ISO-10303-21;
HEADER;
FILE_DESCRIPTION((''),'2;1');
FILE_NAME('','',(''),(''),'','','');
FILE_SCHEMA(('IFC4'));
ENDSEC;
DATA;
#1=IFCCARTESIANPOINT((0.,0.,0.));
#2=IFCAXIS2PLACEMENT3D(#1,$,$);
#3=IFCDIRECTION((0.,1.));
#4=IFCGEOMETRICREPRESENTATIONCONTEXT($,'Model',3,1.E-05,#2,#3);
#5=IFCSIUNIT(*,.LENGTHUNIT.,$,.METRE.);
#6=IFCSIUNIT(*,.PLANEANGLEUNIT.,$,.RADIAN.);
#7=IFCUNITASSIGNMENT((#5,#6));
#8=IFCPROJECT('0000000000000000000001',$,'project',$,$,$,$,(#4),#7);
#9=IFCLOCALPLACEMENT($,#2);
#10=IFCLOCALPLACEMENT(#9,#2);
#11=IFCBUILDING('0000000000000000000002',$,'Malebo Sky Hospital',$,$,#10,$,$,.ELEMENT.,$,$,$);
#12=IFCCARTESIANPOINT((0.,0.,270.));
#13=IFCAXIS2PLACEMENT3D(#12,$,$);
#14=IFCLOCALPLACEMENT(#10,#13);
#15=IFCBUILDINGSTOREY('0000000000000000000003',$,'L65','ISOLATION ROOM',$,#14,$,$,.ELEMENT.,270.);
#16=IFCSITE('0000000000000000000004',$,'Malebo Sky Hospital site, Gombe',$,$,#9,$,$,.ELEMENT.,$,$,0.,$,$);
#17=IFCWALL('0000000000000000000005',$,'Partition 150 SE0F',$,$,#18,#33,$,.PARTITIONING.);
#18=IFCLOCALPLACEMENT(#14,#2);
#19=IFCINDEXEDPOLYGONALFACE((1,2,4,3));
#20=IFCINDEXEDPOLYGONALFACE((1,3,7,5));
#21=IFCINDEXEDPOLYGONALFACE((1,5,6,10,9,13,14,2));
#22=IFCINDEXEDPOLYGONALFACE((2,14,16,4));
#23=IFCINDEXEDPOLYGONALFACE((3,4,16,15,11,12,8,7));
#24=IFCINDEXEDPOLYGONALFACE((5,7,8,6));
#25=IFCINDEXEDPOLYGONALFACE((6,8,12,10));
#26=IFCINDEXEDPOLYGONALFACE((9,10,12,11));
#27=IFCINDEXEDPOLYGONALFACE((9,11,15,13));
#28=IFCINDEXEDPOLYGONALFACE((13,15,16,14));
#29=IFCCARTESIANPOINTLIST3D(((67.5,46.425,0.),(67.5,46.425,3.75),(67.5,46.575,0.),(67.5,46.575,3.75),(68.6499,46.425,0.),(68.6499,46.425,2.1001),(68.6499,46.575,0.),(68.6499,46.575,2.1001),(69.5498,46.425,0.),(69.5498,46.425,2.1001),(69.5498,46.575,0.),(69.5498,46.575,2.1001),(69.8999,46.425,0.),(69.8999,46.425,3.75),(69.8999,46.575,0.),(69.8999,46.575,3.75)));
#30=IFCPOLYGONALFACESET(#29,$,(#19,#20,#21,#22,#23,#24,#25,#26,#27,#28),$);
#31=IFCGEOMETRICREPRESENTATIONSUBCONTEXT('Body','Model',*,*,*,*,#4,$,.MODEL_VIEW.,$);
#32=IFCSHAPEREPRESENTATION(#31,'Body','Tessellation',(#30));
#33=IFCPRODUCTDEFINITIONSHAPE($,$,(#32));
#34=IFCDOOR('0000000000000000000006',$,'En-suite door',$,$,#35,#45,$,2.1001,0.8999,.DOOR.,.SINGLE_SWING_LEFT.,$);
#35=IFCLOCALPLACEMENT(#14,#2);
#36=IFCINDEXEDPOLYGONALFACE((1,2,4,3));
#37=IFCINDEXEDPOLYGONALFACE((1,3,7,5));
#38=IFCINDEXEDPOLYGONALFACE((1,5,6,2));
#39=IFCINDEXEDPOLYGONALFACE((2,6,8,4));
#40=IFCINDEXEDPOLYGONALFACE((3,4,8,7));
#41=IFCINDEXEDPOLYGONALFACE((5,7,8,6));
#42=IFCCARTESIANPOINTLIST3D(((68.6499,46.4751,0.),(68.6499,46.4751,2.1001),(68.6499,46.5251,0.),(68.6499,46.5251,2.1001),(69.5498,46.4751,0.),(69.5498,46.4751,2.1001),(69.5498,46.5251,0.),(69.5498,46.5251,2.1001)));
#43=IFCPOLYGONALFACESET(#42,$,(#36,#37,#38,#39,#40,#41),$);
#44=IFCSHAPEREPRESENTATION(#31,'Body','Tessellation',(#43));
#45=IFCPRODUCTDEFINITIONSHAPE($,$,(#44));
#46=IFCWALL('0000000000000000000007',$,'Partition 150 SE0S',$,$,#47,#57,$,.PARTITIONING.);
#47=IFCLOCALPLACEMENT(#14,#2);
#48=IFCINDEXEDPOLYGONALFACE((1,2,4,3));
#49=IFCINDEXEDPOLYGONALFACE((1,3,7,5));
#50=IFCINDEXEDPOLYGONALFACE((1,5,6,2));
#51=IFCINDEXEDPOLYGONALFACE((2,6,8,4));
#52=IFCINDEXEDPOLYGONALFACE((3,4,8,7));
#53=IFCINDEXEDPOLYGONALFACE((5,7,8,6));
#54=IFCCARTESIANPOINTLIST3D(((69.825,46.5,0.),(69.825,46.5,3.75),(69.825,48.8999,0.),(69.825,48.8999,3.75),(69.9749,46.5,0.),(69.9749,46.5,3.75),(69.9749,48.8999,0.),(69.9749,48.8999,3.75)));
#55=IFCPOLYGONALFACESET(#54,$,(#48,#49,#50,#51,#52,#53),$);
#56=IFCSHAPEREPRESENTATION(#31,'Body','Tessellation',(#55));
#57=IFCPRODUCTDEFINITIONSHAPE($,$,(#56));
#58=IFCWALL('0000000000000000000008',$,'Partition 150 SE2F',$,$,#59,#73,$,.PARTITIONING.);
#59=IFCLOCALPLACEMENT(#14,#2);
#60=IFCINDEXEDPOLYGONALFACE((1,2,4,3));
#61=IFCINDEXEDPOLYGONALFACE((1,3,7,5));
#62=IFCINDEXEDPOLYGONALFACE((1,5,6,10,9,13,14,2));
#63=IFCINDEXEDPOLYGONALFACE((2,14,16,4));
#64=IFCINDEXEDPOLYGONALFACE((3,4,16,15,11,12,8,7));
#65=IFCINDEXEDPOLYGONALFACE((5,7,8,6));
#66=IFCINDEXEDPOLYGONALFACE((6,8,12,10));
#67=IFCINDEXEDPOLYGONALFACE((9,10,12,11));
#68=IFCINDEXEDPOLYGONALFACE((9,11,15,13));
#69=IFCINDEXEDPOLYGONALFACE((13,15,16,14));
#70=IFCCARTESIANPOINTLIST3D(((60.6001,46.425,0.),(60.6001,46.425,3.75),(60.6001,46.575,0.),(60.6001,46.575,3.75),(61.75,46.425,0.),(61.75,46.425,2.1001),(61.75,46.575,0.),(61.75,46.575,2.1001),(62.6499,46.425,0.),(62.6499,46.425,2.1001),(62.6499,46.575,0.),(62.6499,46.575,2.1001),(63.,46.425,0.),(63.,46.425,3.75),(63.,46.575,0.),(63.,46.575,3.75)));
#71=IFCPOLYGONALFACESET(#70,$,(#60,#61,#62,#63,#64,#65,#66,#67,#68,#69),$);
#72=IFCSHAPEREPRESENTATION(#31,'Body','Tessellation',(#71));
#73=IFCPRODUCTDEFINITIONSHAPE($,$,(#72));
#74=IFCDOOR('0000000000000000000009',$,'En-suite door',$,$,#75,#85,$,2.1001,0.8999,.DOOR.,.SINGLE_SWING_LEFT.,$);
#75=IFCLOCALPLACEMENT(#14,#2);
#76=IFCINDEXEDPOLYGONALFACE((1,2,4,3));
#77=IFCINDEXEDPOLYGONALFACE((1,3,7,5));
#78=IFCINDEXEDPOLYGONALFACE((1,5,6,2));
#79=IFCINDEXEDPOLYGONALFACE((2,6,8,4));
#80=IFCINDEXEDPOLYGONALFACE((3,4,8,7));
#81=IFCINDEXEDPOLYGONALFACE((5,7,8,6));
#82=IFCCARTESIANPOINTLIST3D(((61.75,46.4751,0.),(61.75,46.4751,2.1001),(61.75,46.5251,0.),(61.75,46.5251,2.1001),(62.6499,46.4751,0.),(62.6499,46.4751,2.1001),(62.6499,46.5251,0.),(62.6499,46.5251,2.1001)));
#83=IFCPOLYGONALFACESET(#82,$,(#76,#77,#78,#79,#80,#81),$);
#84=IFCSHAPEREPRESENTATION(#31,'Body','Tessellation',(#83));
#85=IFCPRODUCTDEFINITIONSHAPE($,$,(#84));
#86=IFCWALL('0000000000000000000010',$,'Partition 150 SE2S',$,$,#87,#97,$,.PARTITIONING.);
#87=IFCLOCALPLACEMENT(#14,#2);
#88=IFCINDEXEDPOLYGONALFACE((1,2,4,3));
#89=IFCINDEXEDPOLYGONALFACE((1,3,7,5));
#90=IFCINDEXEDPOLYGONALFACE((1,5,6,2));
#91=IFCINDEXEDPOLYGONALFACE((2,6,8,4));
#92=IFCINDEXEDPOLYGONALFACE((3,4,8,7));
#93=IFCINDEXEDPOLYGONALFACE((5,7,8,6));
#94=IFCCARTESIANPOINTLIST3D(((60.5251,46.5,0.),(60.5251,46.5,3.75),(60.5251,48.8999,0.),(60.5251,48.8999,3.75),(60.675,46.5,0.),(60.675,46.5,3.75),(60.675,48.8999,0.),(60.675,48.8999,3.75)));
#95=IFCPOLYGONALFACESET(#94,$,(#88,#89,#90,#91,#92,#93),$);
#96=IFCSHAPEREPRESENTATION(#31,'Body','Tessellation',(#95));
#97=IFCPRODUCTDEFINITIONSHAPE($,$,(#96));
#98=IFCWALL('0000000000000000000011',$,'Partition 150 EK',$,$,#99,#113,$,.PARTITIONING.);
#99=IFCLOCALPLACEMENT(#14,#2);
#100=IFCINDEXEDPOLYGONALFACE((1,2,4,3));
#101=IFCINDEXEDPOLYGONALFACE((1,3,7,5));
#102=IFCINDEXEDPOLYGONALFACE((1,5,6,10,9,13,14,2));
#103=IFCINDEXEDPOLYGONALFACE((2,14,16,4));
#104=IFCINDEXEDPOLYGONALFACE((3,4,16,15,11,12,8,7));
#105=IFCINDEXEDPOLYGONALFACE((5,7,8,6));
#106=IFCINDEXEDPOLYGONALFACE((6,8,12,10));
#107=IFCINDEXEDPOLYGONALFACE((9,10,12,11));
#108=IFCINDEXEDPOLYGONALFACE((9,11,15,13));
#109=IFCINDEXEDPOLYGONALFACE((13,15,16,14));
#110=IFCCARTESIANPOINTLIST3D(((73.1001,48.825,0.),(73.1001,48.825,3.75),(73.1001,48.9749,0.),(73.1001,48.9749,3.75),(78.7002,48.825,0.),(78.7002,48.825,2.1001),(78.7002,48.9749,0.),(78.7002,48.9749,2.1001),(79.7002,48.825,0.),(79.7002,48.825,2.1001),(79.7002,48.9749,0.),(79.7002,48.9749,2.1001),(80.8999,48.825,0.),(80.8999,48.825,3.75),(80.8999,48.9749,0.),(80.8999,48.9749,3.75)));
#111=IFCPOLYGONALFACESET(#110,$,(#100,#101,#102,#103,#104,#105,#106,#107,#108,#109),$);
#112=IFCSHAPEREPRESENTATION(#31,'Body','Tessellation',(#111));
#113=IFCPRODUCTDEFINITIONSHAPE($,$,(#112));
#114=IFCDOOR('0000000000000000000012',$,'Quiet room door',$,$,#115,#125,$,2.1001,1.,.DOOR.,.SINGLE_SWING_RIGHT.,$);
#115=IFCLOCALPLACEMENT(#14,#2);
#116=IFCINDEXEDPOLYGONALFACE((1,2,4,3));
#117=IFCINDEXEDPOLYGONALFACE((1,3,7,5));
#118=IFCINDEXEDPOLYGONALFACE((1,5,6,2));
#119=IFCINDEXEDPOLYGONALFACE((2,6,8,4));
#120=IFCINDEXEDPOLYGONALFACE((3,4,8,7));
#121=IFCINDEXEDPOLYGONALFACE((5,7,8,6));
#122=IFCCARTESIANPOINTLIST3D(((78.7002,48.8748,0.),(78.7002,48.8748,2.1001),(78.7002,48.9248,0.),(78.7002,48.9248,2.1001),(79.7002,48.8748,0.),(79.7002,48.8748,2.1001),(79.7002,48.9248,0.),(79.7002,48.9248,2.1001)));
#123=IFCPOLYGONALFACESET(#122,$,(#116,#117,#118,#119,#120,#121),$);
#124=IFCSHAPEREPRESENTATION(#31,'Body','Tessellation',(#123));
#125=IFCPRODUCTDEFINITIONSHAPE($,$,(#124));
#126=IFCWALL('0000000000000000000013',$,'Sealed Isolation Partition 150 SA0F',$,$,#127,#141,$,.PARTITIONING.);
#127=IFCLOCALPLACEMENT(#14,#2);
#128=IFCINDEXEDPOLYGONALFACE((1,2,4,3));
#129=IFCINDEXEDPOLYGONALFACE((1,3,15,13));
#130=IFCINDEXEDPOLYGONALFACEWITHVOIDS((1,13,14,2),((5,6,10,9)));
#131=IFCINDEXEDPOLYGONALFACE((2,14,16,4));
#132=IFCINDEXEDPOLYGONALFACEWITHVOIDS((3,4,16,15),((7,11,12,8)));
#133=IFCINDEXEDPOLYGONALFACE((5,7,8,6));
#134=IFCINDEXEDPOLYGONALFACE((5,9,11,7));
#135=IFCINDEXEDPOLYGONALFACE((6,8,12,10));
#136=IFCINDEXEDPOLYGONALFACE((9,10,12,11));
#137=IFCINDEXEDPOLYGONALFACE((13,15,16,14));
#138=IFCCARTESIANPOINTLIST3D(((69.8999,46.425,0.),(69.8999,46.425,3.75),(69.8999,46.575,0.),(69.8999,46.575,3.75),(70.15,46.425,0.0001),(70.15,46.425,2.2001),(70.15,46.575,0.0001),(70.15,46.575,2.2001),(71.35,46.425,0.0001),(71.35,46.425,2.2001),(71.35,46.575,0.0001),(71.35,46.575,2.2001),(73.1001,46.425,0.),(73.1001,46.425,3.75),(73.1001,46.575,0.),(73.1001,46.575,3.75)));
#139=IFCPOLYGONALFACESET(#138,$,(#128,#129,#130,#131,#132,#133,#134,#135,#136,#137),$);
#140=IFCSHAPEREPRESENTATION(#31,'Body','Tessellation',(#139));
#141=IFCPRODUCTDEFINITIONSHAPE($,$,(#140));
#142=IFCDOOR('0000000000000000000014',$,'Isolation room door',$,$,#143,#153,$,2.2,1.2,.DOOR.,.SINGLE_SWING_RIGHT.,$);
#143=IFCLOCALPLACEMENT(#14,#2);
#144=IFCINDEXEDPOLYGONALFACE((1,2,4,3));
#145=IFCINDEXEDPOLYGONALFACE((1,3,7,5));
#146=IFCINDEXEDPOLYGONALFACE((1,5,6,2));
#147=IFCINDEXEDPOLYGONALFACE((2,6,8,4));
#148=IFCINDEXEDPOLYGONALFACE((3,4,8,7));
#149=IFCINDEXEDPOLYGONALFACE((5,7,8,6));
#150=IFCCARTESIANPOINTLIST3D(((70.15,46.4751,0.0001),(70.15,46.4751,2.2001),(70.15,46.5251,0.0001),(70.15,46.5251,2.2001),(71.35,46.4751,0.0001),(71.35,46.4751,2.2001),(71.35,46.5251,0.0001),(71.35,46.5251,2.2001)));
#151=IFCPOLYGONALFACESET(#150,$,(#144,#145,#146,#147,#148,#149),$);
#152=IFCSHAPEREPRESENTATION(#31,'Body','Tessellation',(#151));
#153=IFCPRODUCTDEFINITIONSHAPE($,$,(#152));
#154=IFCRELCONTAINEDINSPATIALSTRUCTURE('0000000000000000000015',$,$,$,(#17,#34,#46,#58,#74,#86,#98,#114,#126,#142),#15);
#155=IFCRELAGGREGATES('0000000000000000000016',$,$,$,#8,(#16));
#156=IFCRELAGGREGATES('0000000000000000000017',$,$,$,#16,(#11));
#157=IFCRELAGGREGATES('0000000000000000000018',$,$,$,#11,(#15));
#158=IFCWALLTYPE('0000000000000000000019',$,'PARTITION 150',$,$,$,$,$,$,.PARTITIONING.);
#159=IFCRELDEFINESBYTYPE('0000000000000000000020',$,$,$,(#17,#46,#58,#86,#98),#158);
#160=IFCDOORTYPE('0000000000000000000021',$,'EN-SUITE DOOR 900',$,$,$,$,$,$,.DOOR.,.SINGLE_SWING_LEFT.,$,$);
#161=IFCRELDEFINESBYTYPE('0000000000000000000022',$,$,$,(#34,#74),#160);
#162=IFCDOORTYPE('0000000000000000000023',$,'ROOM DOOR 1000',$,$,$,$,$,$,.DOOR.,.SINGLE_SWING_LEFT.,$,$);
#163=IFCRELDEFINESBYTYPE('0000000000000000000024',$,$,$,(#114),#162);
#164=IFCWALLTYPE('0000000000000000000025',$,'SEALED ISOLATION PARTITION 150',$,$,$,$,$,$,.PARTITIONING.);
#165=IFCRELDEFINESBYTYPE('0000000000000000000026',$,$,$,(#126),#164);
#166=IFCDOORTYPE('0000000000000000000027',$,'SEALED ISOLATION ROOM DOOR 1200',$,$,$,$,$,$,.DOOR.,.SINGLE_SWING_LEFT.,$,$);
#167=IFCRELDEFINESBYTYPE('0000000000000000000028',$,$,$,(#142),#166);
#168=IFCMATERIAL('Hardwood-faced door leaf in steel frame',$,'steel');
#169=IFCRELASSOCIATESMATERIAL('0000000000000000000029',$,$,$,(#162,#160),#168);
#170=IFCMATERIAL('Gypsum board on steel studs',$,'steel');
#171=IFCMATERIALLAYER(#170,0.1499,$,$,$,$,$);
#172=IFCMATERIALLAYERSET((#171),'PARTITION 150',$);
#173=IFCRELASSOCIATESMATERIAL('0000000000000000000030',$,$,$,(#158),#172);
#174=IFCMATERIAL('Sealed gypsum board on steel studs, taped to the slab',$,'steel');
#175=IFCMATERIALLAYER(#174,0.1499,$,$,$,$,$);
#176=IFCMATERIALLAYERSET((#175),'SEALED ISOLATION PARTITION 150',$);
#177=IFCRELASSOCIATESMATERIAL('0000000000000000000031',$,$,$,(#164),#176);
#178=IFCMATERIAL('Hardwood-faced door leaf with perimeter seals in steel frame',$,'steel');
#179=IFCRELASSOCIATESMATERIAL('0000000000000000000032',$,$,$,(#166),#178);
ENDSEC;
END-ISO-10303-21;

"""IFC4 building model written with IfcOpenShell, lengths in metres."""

from ifc_helpers import new_model, si_unit, direction, frame, frame_2d, origin, place, context, subcontext, project, spatial, rectangle, extrude, material, layer, layer_set, type_object, element, fill, save


model = new_model("IFC4")

# Units and contexts
model_context = context("Model", 3, precision=1e-05, world=origin(), true_north=direction((0.0, 1.0)))
body_context = subcontext(model_context, "Body", "Model", "MODEL_VIEW")
ifc_project = project(units=[si_unit("LENGTHUNIT", "METRE"), si_unit("PLANEANGLEUNIT", "RADIAN")], contexts=[model_context])

# Site, building, storey
site_placement = place(None, origin())
site = spatial("IfcSite", under=ifc_project, at=site_placement, Name="Malebo Sky Hospital site, Gombe", CompositionType="ELEMENT", RefElevation=0.0)
building_placement = place(site_placement, origin())
building = spatial("IfcBuilding", under=site, at=building_placement, Name="Malebo Sky Hospital", CompositionType="ELEMENT")
storey_placement = place(building_placement, frame((0.0, 0.0, 270.0)))
storey = spatial("IfcBuildingStorey", under=building, at=storey_placement, Name="L65", Description="ISOLATION ROOM", CompositionType="ELEMENT", Elevation=270.0)

# Shared definitions
ifc_material_1 = material(Name="Gypsum board on steel studs", Category="steel")
ifc_material_2 = material(Name="Hardwood-faced door leaf in steel frame", Category="steel")
door_type_1 = type_object("IfcDoorType", Name="ROOM DOOR 1000", OperationType="SINGLE_SWING_LEFT", PredefinedType="DOOR", material=ifc_material_2)

# Shared definitions
ifc_layer_1 = layer(ifc_material_1, 0.1499)
ifc_layer_set_1 = layer_set([ifc_layer_1], Name="PARTITION 150")
wall_type_1 = type_object("IfcWallType", Name="PARTITION 150", PredefinedType="PARTITIONING", material=ifc_layer_set_1)

# Wall, opening, door
wall_1_placement = place(storey_placement, frame((69.8999, 46.5, 0.0), z_axis=(0.0, 0.0, 1.0), x_axis=(-1.0, 0.0, 0.0)))
wall_1 = element("IfcWall", 1, at=wall_1_placement, inside=storey, type_object=wall_type_1, Name="Partition 150 SE0F", PredefinedType="PARTITIONING", context=body_context, shape_type="SweptSolid", body=[
    extrude(rectangle(XDim=2.3999, YDim=0.1499, at=frame_2d((1.2, 0.0))), origin(), (0.0, 0.0, 1.0), 3.75),
])
opening_1_placement = place(wall_1_placement, frame((0.3501, 0.0, 0.0)))
opening_1 = element("IfcOpeningElement", 2, at=opening_1_placement, cuts=wall_1, PredefinedType="OPENING", context=body_context, shape_type="SweptSolid", body=[
    extrude(rectangle(XDim=0.8999, YDim=2.1001, at=frame_2d((0.45, 1.05))), frame((0.0, 0.085, 0.0), z_axis=(0.0, -1.0, 0.0), x_axis=(1.0, 0.0, 0.0)), (0.0, 0.0, 1.0), 0.1699),
])
door_type_2 = type_object("IfcDoorType", Name="EN-SUITE DOOR 900", OperationType="SINGLE_SWING_LEFT", PredefinedType="DOOR", material=ifc_material_2)
door_1_placement = place(opening_1_placement, origin())
door_1 = element("IfcDoor", 3, at=door_1_placement, inside=storey, type_object=door_type_2, Name="En-suite door", OperationType="SINGLE_SWING_LEFT", OverallHeight=2.1001, OverallWidth=0.8999, PredefinedType="DOOR", context=body_context, shape_type="SweptSolid", body=[
    extrude(rectangle(XDim=0.8999, YDim=2.1001, at=frame_2d((0.45, 1.05))), frame((0.0, 0.0249, 0.0), z_axis=(0.0, -1.0, 0.0), x_axis=(1.0, 0.0, 0.0)), (0.0, 0.0, 1.0), 0.05),
])
fill(opening_1, door_1)

# Wall
wall_2_placement = place(storey_placement, frame((69.8999, 48.8999, 0.0), z_axis=(0.0, 0.0, 1.0), x_axis=(0.0, -1.0, 0.0)))
element("IfcWall", 4, at=wall_2_placement, inside=storey, type_object=wall_type_1, Name="Partition 150 SE0S", PredefinedType="PARTITIONING", context=body_context, shape_type="SweptSolid", body=[
    extrude(rectangle(XDim=2.3999, YDim=0.1499, at=frame_2d((1.2, 0.0))), origin(), (0.0, 0.0, 1.0), 3.75),
])

# Wall, opening, door
wall_3_placement = place(storey_placement, frame((63.0, 46.5, 0.0), z_axis=(0.0, 0.0, 1.0), x_axis=(-1.0, 0.0, 0.0)))
wall_3 = element("IfcWall", 5, at=wall_3_placement, inside=storey, type_object=wall_type_1, Name="Partition 150 SE2F", PredefinedType="PARTITIONING", context=body_context, shape_type="SweptSolid", body=[
    extrude(rectangle(XDim=2.3999, YDim=0.1499, at=frame_2d((1.2, 0.0))), origin(), (0.0, 0.0, 1.0), 3.75),
])
opening_2_placement = place(wall_3_placement, frame((0.3501, 0.0, 0.0)))
opening_2 = element("IfcOpeningElement", 6, at=opening_2_placement, cuts=wall_3, PredefinedType="OPENING", context=body_context, shape_type="SweptSolid", body=[
    extrude(rectangle(XDim=0.8999, YDim=2.1001, at=frame_2d((0.45, 1.05))), frame((0.0, 0.085, 0.0), z_axis=(0.0, -1.0, 0.0), x_axis=(1.0, 0.0, 0.0)), (0.0, 0.0, 1.0), 0.1699),
])
door_2_placement = place(opening_2_placement, origin())
door_2 = element("IfcDoor", 7, at=door_2_placement, inside=storey, type_object=door_type_2, Name="En-suite door", OperationType="SINGLE_SWING_LEFT", OverallHeight=2.1001, OverallWidth=0.8999, PredefinedType="DOOR", context=body_context, shape_type="SweptSolid", body=[
    extrude(rectangle(XDim=0.8999, YDim=2.1001, at=frame_2d((0.45, 1.05))), frame((0.0, 0.0249, 0.0), z_axis=(0.0, -1.0, 0.0), x_axis=(1.0, 0.0, 0.0)), (0.0, 0.0, 1.0), 0.05),
])
fill(opening_2, door_2)

# Wall
wall_4_placement = place(storey_placement, frame((60.6001, 48.8999, 0.0), z_axis=(0.0, 0.0, 1.0), x_axis=(0.0, -1.0, 0.0)))
element("IfcWall", 8, at=wall_4_placement, inside=storey, type_object=wall_type_1, Name="Partition 150 SE2S", PredefinedType="PARTITIONING", context=body_context, shape_type="SweptSolid", body=[
    extrude(rectangle(XDim=2.3999, YDim=0.1499, at=frame_2d((1.2, 0.0))), origin(), (0.0, 0.0, 1.0), 3.75),
])

# Walls, openings, doors
wall_5_placement = place(storey_placement, frame((73.1001, 48.8999, 0.0), z_axis=(0.0, 0.0, 1.0), x_axis=(1.0, 0.0, 0.0)))
wall_5 = element("IfcWall", 9, at=wall_5_placement, inside=storey, type_object=wall_type_1, Name="Partition 150 EK", PredefinedType="PARTITIONING", context=body_context, shape_type="SweptSolid", body=[
    extrude(rectangle(XDim=7.7998, YDim=0.1499, at=frame_2d((3.8999, 0.0))), origin(), (0.0, 0.0, 1.0), 3.75),
])
opening_3_placement = place(wall_5_placement, frame((5.6001, 0.0, 0.0)))
opening_3 = element("IfcOpeningElement", 10, at=opening_3_placement, cuts=wall_5, PredefinedType="OPENING", context=body_context, shape_type="SweptSolid", body=[
    extrude(rectangle(XDim=1.0, YDim=2.1001, at=frame_2d((0.5, 1.05))), frame((0.0, 0.085, 0.0), z_axis=(0.0, -1.0, 0.0), x_axis=(1.0, 0.0, 0.0)), (0.0, 0.0, 1.0), 0.1699),
])
door_3_placement = place(opening_3_placement, origin())
door_3 = element("IfcDoor", 11, at=door_3_placement, inside=storey, type_object=door_type_1, Name="Quiet room door", OperationType="SINGLE_SWING_RIGHT", OverallHeight=2.1001, OverallWidth=1.0, PredefinedType="DOOR", context=body_context, shape_type="SweptSolid", body=[
    extrude(rectangle(XDim=1.0, YDim=2.1001, at=frame_2d((0.5, 1.05))), frame((0.0, 0.0249, 0.0), z_axis=(0.0, -1.0, 0.0), x_axis=(1.0, 0.0, 0.0)), (0.0, 0.0, 1.0), 0.05),
])
fill(opening_3, door_3)
ifc_material_3 = material(Name="Sealed gypsum board on steel studs, taped to the slab", Category="steel")
ifc_layer_2 = layer(ifc_material_3, 0.1499)
ifc_layer_set_2 = layer_set([ifc_layer_2], Name="SEALED ISOLATION PARTITION 150")
wall_type_2 = type_object("IfcWallType", Name="SEALED ISOLATION PARTITION 150", PredefinedType="PARTITIONING", material=ifc_layer_set_2)
wall_6_placement = place(storey_placement, frame((73.1001, 46.5, 0.0), z_axis=(0.0, 0.0, 1.0), x_axis=(-1.0, 0.0, 0.0)))
wall_6 = element("IfcWall", 12, at=wall_6_placement, inside=storey, type_object=wall_type_2, Name="Sealed Isolation Partition 150 SA0F", PredefinedType="PARTITIONING", context=body_context, shape_type="SweptSolid", body=[
    extrude(rectangle(XDim=3.2002, YDim=0.1499, at=frame_2d((1.6001, 0.0))), origin(), (0.0, 0.0, 1.0), 3.75),
])
opening_4_placement = place(wall_6_placement, frame((1.75, 0.0, 0.0)))
opening_4 = element("IfcOpeningElement", 13, at=opening_4_placement, cuts=wall_6, PredefinedType="OPENING", context=body_context, shape_type="SweptSolid", body=[
    extrude(rectangle(XDim=1.2, YDim=2.2, at=frame_2d((0.6001, 1.1001))), frame((0.0, 0.085, 0.0), z_axis=(0.0, -1.0, 0.0), x_axis=(1.0, 0.0, 0.0)), (0.0, 0.0, 1.0), 0.1699),
])
ifc_material_4 = material(Name="Hardwood-faced door leaf with perimeter seals in steel frame", Category="steel")
door_type_3 = type_object("IfcDoorType", Name="SEALED ISOLATION ROOM DOOR 1200", OperationType="SINGLE_SWING_LEFT", PredefinedType="DOOR", material=ifc_material_4)
door_4_placement = place(opening_4_placement, origin())
door_4 = element("IfcDoor", 14, at=door_4_placement, inside=storey, type_object=door_type_3, Name="Isolation room door", OperationType="SINGLE_SWING_RIGHT", OverallHeight=2.2, OverallWidth=1.2, PredefinedType="DOOR", context=body_context, shape_type="SweptSolid", body=[
    extrude(rectangle(XDim=1.2, YDim=2.2, at=frame_2d((0.6001, 1.1001))), frame((0.0, 0.0249, 0.0), z_axis=(0.0, -1.0, 0.0), x_axis=(1.0, 0.0, 0.0)), (0.0, 0.0, 1.0), 0.05),
])
fill(opening_4, door_4)

save(model, "model.ifc")
